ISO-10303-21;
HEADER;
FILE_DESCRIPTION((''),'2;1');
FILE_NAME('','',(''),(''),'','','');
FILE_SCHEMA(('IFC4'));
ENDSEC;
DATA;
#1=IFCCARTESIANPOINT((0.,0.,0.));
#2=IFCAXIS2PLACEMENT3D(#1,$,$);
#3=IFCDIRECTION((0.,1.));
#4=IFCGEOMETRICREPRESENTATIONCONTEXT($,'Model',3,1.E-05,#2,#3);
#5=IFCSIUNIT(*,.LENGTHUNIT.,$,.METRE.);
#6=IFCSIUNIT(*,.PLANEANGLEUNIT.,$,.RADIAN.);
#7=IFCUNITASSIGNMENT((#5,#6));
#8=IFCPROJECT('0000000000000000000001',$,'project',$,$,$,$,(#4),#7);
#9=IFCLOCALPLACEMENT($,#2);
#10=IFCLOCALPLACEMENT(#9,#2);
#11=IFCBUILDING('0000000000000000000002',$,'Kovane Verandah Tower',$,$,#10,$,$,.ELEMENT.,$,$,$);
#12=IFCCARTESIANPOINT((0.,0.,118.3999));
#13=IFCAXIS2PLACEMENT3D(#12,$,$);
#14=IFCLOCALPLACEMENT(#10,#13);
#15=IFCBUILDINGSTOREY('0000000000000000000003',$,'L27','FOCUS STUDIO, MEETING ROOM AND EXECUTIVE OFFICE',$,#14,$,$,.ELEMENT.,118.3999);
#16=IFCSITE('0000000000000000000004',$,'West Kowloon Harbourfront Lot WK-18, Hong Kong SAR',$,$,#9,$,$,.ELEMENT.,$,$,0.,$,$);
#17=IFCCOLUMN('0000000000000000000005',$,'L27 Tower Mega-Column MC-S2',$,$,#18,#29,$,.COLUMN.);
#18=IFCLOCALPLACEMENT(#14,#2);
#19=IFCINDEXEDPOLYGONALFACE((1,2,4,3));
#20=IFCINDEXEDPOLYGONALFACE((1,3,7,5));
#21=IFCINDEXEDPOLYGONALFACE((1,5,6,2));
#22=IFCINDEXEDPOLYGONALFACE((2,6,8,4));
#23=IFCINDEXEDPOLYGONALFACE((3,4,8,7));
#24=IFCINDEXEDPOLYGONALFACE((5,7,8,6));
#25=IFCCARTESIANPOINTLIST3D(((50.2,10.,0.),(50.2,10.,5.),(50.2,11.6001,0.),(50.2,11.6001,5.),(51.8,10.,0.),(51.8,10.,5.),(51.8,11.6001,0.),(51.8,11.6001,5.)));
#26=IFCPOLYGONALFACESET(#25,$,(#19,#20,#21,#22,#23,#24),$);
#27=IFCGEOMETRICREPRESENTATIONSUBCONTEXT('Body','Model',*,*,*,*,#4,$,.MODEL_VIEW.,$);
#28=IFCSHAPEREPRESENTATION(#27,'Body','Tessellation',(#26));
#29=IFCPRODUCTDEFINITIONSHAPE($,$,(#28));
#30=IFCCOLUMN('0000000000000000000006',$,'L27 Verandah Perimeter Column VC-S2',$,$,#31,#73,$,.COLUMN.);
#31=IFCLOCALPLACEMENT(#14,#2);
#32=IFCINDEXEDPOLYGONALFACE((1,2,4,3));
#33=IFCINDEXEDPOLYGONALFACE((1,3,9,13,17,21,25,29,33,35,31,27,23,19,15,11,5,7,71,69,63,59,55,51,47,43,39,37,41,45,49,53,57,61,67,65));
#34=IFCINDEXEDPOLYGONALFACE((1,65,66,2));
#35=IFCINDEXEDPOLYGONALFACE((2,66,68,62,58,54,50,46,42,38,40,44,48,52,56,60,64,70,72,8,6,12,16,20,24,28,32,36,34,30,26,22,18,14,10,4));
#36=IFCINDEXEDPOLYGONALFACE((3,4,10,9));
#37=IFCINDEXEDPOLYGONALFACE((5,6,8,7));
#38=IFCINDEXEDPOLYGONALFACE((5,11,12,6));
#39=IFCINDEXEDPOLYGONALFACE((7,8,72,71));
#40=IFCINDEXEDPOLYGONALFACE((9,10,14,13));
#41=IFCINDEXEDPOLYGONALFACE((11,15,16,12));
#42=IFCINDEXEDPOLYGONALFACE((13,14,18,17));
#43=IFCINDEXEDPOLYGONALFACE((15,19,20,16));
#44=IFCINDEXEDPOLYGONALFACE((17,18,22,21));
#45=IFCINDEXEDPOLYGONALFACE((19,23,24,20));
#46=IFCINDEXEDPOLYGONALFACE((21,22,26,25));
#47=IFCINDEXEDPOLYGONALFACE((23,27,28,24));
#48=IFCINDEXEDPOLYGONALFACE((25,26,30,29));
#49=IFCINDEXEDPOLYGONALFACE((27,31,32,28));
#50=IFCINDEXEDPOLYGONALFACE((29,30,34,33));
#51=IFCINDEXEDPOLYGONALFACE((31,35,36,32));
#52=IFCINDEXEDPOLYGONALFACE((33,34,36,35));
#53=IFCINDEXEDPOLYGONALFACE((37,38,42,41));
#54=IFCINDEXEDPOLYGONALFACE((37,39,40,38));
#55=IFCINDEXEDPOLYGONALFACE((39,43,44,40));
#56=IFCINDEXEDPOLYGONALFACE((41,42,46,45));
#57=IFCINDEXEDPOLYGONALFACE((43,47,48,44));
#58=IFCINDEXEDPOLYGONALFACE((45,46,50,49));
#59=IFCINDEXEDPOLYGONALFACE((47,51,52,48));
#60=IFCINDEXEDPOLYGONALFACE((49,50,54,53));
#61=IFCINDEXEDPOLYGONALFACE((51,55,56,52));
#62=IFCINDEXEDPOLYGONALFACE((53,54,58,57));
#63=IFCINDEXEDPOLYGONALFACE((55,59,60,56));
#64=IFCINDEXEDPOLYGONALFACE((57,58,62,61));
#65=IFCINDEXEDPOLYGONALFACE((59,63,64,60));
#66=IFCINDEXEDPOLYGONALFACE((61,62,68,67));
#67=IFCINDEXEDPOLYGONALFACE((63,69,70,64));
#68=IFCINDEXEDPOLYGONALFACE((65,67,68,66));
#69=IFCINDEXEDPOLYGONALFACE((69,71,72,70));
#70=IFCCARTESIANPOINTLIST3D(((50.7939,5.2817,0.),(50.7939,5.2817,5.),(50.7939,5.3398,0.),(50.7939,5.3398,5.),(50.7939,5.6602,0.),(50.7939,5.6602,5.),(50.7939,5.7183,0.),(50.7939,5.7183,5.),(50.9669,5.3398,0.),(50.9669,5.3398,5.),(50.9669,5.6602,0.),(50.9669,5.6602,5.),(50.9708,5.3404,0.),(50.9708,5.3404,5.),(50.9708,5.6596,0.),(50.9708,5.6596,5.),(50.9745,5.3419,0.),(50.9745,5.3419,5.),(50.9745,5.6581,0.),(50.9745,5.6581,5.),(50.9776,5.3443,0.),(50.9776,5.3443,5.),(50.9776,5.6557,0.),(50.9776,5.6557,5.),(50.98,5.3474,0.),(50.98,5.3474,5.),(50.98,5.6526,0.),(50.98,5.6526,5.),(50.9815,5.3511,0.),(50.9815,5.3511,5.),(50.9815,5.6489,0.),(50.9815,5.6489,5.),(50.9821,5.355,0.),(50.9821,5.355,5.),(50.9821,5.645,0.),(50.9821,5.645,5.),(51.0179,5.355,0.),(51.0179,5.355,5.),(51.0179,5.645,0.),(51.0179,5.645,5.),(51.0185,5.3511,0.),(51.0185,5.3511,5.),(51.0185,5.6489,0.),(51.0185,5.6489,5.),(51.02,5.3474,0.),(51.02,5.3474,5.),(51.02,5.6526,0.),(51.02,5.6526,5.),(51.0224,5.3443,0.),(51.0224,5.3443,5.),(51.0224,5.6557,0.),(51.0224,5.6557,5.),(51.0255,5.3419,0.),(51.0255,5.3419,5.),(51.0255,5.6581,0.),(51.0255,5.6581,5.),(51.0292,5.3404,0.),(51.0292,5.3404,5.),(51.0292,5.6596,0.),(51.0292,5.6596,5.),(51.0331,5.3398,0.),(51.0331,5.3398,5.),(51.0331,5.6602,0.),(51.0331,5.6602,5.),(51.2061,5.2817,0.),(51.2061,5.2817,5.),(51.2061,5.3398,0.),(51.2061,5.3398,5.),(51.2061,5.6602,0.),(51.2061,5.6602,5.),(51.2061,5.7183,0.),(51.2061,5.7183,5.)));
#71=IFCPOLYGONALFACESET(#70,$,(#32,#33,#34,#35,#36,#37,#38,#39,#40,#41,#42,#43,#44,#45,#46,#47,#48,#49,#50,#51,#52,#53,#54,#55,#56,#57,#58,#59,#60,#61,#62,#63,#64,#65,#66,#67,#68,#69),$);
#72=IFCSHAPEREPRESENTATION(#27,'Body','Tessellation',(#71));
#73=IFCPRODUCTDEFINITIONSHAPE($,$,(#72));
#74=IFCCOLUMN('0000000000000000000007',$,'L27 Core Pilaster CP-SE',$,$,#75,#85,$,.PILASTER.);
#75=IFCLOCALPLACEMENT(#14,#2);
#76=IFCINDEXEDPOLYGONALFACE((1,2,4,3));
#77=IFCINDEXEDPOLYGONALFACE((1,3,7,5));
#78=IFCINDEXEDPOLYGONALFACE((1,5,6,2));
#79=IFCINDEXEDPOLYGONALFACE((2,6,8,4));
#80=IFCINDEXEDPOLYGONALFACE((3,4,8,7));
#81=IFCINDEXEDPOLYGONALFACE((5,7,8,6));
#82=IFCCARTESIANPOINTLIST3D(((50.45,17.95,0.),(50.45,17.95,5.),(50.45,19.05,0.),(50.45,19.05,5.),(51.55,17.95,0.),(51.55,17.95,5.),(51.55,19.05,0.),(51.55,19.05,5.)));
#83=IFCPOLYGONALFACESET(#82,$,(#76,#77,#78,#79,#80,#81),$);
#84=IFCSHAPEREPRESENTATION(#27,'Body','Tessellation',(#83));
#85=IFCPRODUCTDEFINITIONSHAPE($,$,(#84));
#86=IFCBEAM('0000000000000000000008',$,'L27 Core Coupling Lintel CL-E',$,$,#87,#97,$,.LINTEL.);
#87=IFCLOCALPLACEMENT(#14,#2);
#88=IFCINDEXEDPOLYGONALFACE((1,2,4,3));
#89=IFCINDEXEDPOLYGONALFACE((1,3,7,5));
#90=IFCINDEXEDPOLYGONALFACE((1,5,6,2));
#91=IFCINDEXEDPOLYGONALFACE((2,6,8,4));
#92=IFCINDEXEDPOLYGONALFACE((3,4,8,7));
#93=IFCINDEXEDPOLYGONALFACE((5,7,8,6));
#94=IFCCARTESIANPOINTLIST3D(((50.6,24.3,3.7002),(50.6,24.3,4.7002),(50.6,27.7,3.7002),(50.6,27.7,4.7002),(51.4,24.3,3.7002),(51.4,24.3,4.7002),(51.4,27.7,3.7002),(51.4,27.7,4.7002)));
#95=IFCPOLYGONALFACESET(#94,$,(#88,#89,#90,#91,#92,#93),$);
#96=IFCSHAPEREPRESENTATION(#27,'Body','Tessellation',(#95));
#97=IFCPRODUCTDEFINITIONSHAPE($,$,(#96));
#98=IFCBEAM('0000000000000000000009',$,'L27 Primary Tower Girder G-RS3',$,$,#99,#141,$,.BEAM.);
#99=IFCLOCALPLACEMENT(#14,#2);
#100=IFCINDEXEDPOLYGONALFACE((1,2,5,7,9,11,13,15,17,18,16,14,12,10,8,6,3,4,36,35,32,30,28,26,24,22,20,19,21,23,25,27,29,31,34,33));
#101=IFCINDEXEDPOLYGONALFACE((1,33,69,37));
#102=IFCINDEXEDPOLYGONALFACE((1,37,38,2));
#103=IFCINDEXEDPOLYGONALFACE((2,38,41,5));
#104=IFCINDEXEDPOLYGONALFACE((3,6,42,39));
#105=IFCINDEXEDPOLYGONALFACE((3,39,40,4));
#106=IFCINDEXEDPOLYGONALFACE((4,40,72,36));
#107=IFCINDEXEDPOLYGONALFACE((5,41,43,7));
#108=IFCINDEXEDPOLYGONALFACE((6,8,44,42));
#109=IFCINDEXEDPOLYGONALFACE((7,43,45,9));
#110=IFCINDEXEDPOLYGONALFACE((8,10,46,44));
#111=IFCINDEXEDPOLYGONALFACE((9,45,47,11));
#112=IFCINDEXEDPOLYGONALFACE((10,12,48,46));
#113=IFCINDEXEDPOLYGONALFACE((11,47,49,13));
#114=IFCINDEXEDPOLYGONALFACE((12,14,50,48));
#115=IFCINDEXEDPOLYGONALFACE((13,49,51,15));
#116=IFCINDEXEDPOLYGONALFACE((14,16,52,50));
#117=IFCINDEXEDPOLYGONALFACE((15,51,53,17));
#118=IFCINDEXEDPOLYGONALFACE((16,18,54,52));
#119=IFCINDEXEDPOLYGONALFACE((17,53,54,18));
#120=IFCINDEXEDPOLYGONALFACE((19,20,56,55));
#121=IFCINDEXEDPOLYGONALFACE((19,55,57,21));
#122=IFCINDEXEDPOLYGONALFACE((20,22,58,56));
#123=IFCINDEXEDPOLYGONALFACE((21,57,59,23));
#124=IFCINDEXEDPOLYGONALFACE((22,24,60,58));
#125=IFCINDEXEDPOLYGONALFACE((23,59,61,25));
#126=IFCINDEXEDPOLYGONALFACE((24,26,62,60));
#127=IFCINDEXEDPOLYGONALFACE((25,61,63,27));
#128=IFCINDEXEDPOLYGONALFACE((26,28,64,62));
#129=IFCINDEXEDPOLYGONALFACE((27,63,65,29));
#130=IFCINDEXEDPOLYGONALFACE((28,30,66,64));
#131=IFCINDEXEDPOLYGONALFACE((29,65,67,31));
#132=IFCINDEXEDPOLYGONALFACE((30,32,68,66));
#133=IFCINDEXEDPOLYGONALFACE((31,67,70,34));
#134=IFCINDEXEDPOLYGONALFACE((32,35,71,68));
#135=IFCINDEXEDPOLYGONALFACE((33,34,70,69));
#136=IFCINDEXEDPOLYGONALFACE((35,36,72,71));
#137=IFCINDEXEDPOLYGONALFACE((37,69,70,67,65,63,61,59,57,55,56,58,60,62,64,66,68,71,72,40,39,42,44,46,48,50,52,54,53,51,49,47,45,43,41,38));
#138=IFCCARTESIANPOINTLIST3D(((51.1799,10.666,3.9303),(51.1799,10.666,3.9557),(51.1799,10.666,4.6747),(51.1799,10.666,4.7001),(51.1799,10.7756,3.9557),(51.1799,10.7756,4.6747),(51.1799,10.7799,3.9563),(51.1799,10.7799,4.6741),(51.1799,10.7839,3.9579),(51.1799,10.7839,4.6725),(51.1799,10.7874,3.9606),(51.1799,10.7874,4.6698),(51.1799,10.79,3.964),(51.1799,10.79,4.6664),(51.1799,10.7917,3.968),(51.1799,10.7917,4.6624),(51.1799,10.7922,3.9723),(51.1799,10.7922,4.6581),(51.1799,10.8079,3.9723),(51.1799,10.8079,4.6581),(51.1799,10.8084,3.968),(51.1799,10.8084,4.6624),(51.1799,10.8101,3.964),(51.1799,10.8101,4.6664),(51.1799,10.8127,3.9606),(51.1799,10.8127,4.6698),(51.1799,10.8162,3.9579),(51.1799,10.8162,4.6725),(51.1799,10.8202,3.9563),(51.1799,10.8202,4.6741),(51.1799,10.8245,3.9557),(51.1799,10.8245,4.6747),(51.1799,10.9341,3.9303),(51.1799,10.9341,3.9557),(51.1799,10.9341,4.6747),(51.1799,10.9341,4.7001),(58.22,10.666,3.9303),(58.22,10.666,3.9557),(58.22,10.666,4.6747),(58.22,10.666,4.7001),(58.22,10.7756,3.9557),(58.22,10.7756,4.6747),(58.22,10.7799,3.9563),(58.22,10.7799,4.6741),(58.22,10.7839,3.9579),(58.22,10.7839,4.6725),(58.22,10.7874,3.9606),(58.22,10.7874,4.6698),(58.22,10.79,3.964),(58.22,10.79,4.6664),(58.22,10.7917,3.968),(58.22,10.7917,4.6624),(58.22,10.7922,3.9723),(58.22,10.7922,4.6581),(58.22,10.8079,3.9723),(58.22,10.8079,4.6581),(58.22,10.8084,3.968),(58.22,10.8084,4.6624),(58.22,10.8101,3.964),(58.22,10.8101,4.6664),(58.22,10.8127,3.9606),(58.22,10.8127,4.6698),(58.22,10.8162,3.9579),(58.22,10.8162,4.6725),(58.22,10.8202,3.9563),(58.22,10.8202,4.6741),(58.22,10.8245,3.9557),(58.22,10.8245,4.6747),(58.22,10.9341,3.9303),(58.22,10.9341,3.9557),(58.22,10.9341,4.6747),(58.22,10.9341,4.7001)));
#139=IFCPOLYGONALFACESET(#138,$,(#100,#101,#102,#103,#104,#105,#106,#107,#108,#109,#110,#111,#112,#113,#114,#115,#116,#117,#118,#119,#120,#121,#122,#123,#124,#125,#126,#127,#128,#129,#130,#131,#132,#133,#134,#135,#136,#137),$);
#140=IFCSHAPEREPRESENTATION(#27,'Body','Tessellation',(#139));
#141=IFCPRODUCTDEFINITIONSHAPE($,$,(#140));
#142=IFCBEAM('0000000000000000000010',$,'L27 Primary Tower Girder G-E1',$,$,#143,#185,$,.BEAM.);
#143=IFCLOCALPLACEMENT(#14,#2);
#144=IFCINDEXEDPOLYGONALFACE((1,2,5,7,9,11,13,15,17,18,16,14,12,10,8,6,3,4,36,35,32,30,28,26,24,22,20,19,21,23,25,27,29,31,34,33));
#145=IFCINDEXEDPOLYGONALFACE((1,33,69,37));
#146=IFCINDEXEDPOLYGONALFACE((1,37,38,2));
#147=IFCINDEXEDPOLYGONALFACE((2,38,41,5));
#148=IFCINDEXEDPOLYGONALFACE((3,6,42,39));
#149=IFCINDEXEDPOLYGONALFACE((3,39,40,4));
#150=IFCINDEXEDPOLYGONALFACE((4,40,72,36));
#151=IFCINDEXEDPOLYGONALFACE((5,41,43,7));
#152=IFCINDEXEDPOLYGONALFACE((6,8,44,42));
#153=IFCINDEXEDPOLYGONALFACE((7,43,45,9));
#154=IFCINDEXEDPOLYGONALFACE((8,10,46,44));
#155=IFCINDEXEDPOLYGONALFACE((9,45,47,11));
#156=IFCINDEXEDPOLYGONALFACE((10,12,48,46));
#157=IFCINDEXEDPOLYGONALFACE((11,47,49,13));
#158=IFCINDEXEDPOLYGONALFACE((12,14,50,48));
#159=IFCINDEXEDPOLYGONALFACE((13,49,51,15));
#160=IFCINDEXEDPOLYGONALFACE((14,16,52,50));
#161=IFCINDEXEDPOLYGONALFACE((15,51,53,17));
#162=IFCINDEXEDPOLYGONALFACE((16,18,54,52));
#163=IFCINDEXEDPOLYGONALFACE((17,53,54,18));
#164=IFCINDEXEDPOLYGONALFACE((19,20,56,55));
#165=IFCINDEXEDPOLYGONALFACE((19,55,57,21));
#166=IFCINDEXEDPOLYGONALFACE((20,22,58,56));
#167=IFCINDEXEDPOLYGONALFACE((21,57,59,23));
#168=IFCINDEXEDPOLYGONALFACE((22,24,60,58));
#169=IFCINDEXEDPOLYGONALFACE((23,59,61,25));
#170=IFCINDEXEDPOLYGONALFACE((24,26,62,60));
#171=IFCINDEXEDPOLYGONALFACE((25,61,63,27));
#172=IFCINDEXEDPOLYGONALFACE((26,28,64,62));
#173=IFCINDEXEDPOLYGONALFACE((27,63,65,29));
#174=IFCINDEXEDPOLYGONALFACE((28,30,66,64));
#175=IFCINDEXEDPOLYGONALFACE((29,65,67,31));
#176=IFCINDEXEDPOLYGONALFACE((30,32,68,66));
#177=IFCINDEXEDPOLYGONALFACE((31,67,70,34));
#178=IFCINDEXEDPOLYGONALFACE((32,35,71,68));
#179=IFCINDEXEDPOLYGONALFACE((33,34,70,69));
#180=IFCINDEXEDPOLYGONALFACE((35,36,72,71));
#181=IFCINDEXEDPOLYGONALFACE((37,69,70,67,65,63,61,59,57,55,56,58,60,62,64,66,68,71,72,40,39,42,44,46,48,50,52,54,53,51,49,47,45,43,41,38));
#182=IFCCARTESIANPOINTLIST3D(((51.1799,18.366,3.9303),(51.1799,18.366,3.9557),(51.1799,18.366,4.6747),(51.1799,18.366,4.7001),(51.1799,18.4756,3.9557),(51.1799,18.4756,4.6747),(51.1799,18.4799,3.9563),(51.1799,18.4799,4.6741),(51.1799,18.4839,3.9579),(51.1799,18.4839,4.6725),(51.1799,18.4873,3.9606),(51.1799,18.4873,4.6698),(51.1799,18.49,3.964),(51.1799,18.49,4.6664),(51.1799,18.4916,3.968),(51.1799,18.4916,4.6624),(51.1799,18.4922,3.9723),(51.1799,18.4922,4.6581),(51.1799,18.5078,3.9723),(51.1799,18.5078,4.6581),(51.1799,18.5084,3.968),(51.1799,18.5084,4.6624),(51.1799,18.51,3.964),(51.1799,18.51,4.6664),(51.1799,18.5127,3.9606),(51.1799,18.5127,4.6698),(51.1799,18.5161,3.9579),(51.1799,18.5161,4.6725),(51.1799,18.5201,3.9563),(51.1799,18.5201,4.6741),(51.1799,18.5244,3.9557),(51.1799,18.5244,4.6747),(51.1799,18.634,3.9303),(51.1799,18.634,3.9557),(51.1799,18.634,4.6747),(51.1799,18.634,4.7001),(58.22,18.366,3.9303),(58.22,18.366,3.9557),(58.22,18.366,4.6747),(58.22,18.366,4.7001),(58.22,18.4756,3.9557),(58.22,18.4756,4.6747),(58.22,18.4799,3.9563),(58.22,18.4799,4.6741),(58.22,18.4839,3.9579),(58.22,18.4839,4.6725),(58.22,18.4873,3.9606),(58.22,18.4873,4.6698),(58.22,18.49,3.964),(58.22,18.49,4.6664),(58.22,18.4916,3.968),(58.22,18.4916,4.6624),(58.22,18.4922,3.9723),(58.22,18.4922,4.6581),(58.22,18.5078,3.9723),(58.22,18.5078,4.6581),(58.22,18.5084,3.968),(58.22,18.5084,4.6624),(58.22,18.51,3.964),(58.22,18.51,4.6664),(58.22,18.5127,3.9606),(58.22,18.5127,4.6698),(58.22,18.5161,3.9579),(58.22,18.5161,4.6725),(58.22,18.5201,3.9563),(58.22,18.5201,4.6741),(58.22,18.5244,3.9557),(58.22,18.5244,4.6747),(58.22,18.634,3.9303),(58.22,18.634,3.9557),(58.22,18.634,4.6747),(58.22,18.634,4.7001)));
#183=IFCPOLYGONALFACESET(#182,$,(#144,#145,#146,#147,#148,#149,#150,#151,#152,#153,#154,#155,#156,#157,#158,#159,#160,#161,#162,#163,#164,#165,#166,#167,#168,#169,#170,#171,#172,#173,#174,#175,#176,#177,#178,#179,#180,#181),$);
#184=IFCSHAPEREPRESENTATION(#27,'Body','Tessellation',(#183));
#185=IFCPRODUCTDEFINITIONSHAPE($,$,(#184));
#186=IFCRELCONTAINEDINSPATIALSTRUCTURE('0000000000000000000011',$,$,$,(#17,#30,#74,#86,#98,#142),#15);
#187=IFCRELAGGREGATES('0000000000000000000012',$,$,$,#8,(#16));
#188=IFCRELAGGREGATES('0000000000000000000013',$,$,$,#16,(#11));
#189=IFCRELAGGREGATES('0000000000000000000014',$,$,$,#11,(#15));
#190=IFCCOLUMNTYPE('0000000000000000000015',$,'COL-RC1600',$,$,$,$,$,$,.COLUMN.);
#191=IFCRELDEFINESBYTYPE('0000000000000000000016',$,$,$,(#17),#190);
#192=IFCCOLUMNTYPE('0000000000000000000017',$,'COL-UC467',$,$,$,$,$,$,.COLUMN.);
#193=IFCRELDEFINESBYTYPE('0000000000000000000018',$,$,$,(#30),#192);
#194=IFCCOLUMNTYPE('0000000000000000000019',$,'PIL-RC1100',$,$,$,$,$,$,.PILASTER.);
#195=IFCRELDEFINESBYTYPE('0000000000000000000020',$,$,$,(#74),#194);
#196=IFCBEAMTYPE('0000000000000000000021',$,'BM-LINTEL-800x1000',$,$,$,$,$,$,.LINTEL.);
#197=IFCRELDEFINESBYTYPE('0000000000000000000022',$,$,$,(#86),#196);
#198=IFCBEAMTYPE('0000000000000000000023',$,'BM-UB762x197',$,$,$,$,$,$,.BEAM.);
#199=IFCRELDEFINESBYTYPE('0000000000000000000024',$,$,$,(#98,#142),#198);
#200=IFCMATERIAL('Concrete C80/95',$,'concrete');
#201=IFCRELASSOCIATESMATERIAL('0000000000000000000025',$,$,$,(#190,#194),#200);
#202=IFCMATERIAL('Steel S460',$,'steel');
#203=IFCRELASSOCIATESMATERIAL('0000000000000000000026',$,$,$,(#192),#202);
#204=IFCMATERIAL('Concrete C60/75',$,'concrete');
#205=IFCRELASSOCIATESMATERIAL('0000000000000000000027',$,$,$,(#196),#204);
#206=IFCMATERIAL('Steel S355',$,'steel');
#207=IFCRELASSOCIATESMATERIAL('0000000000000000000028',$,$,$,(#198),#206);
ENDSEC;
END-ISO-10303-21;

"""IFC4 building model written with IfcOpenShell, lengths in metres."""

from ifc_helpers import new_model, si_unit, direction, frame, origin, origin_2d, place, context, subcontext, project, spatial, rectangle, i_section, extrude, material, material_profile, profile_set, type_object, element, save


model = new_model("IFC4")

# Units and contexts
model_context = context("Model", 3, precision=1e-05, world=origin(), true_north=direction((0.0, 1.0)))
body_context = subcontext(model_context, "Body", "Model", "MODEL_VIEW")
ifc_project = project(units=[si_unit("LENGTHUNIT", "METRE"), si_unit("PLANEANGLEUNIT", "RADIAN")], contexts=[model_context])

# Site, building, storey
site_placement = place(None, origin())
site = spatial("IfcSite", under=ifc_project, at=site_placement, Name="West Kowloon Harbourfront Lot WK-18, Hong Kong SAR", CompositionType="ELEMENT", RefElevation=0.0)
building_placement = place(site_placement, origin())
building = spatial("IfcBuilding", under=site, at=building_placement, Name="Kovane Verandah Tower", CompositionType="ELEMENT")
storey_placement = place(building_placement, frame((0.0, 0.0, 118.3999)))
storey = spatial("IfcBuildingStorey", under=building, at=storey_placement, Name="L27", Description="FOCUS STUDIO, MEETING ROOM AND EXECUTIVE OFFICE", CompositionType="ELEMENT", Elevation=118.3999)

# Columns
ifc_material_1 = material(Name="Concrete C80/95", Category="concrete")
ifc_material_profile_1 = material_profile(ifc_material_1, rectangle(XDim=1.6001, YDim=1.6001, at=origin_2d()), Name="RC1600x1600")
ifc_profile_set_1 = profile_set([ifc_material_profile_1], Name="Concrete C80/95")
column_type_1 = type_object("IfcColumnType", Name="COL-RC1600", PredefinedType="COLUMN", material=ifc_profile_set_1)
column_1_placement = place(storey_placement, frame((51.0, 10.8, 0.0), z_axis=(0.0, 0.0, 1.0), x_axis=(1.0, 0.0, 0.0)))
element("IfcColumn", 1, at=column_1_placement, inside=storey, type_object=column_type_1, Name="L27 Tower Mega-Column MC-S2", PredefinedType="COLUMN", context=body_context, shape_type="SweptSolid", body=[
    extrude(rectangle(XDim=1.6001, YDim=1.6001, at=origin_2d()), origin(), (0.0, 0.0, 1.0), 5.0),
])
ifc_material_2 = material(Name="Steel S460", Category="steel")
ifc_material_profile_2 = material_profile(ifc_material_2, i_section(OverallWidth=0.4121, OverallDepth=0.4365, WebThickness=0.0359, FlangeThickness=0.0581, FilletRadius=0.0151, at=origin_2d()), Name="UC356x406x467")
ifc_profile_set_2 = profile_set([ifc_material_profile_2], Name="Steel S460")
column_type_2 = type_object("IfcColumnType", Name="COL-UC467", PredefinedType="COLUMN", material=ifc_profile_set_2)
column_2_placement = place(storey_placement, frame((51.0, 5.5, 0.0), z_axis=(0.0, 0.0, 1.0), x_axis=(1.0, 0.0, 0.0)))
element("IfcColumn", 2, at=column_2_placement, inside=storey, type_object=column_type_2, Name="L27 Verandah Perimeter Column VC-S2", PredefinedType="COLUMN", context=body_context, shape_type="SweptSolid", body=[
    extrude(i_section(OverallWidth=0.4121, OverallDepth=0.4365, WebThickness=0.0359, FlangeThickness=0.0581, FilletRadius=0.0151, at=origin_2d()), origin(), (0.0, 0.0, 1.0), 5.0),
])
ifc_material_profile_3 = material_profile(ifc_material_1, rectangle(XDim=1.1001, YDim=1.1001, at=origin_2d()), Name="RC1100x1100")
ifc_profile_set_3 = profile_set([ifc_material_profile_3], Name="Concrete C80/95")
column_type_3 = type_object("IfcColumnType", Name="PIL-RC1100", PredefinedType="PILASTER", material=ifc_profile_set_3)
column_3_placement = place(storey_placement, frame((51.0, 18.5, 0.0), z_axis=(0.0, 0.0, 1.0), x_axis=(1.0, 0.0, 0.0)))
element("IfcColumn", 3, at=column_3_placement, inside=storey, type_object=column_type_3, Name="L27 Core Pilaster CP-SE", PredefinedType="PILASTER", context=body_context, shape_type="SweptSolid", body=[
    extrude(rectangle(XDim=1.1001, YDim=1.1001, at=origin_2d()), origin(), (0.0, 0.0, 1.0), 5.0),
])

# Beams
ifc_material_3 = material(Name="Concrete C60/75", Category="concrete")
ifc_material_profile_4 = material_profile(ifc_material_3, rectangle(XDim=0.8, YDim=1.0, at=origin_2d()), Name="RCB800x1000")
ifc_profile_set_4 = profile_set([ifc_material_profile_4], Name="Concrete C60/75")
beam_type_1 = type_object("IfcBeamType", Name="BM-LINTEL-800x1000", PredefinedType="LINTEL", material=ifc_profile_set_4)
beam_1_placement = place(storey_placement, frame((51.0, 24.3, 4.2002), z_axis=(0.0, 1.0, 0.0), x_axis=(-1.0, 0.0, 0.0)))
element("IfcBeam", 4, at=beam_1_placement, inside=storey, type_object=beam_type_1, Name="L27 Core Coupling Lintel CL-E", PredefinedType="LINTEL", context=body_context, shape_type="SweptSolid", body=[
    extrude(rectangle(XDim=0.8, YDim=1.0, at=origin_2d()), origin(), (0.0, 0.0, 1.0), 3.3999),
])
ifc_material_4 = material(Name="Steel S355", Category="steel")
ifc_material_profile_5 = material_profile(ifc_material_4, i_section(OverallWidth=0.2681, OverallDepth=0.7698, WebThickness=0.0156, FlangeThickness=0.0254, FilletRadius=0.0166, at=origin_2d()), Name="UB762x267x197")
ifc_profile_set_5 = profile_set([ifc_material_profile_5], Name="Steel S355")
beam_type_2 = type_object("IfcBeamType", Name="BM-UB762x197", PredefinedType="BEAM", material=ifc_profile_set_5)
for number, where, z_axis, x_axis, name in (
    (5, (51.1799, 10.8, 4.3152), (1.0, 0.0, 0.0), (0.0, 1.0, 0.0), "L27 Primary Tower Girder G-RS3"),
    (6, (51.1799, 18.5, 4.3152), (1.0, 0.0, 0.0), (0.0, 1.0, 0.0), "L27 Primary Tower Girder G-E1"),
):
    element("IfcBeam", number, at=place(storey_placement, frame(where, z_axis=z_axis, x_axis=x_axis)), inside=storey, type_object=beam_type_2, Name=name, PredefinedType="BEAM", context=body_context, shape_type="SweptSolid", body=[
        extrude(i_section(OverallWidth=0.2681, OverallDepth=0.7698, WebThickness=0.0156, FlangeThickness=0.0254, FilletRadius=0.0166, at=origin_2d()), origin(), (0.0, 0.0, 1.0), 7.04),
    ])

save(model, "model.ifc")
